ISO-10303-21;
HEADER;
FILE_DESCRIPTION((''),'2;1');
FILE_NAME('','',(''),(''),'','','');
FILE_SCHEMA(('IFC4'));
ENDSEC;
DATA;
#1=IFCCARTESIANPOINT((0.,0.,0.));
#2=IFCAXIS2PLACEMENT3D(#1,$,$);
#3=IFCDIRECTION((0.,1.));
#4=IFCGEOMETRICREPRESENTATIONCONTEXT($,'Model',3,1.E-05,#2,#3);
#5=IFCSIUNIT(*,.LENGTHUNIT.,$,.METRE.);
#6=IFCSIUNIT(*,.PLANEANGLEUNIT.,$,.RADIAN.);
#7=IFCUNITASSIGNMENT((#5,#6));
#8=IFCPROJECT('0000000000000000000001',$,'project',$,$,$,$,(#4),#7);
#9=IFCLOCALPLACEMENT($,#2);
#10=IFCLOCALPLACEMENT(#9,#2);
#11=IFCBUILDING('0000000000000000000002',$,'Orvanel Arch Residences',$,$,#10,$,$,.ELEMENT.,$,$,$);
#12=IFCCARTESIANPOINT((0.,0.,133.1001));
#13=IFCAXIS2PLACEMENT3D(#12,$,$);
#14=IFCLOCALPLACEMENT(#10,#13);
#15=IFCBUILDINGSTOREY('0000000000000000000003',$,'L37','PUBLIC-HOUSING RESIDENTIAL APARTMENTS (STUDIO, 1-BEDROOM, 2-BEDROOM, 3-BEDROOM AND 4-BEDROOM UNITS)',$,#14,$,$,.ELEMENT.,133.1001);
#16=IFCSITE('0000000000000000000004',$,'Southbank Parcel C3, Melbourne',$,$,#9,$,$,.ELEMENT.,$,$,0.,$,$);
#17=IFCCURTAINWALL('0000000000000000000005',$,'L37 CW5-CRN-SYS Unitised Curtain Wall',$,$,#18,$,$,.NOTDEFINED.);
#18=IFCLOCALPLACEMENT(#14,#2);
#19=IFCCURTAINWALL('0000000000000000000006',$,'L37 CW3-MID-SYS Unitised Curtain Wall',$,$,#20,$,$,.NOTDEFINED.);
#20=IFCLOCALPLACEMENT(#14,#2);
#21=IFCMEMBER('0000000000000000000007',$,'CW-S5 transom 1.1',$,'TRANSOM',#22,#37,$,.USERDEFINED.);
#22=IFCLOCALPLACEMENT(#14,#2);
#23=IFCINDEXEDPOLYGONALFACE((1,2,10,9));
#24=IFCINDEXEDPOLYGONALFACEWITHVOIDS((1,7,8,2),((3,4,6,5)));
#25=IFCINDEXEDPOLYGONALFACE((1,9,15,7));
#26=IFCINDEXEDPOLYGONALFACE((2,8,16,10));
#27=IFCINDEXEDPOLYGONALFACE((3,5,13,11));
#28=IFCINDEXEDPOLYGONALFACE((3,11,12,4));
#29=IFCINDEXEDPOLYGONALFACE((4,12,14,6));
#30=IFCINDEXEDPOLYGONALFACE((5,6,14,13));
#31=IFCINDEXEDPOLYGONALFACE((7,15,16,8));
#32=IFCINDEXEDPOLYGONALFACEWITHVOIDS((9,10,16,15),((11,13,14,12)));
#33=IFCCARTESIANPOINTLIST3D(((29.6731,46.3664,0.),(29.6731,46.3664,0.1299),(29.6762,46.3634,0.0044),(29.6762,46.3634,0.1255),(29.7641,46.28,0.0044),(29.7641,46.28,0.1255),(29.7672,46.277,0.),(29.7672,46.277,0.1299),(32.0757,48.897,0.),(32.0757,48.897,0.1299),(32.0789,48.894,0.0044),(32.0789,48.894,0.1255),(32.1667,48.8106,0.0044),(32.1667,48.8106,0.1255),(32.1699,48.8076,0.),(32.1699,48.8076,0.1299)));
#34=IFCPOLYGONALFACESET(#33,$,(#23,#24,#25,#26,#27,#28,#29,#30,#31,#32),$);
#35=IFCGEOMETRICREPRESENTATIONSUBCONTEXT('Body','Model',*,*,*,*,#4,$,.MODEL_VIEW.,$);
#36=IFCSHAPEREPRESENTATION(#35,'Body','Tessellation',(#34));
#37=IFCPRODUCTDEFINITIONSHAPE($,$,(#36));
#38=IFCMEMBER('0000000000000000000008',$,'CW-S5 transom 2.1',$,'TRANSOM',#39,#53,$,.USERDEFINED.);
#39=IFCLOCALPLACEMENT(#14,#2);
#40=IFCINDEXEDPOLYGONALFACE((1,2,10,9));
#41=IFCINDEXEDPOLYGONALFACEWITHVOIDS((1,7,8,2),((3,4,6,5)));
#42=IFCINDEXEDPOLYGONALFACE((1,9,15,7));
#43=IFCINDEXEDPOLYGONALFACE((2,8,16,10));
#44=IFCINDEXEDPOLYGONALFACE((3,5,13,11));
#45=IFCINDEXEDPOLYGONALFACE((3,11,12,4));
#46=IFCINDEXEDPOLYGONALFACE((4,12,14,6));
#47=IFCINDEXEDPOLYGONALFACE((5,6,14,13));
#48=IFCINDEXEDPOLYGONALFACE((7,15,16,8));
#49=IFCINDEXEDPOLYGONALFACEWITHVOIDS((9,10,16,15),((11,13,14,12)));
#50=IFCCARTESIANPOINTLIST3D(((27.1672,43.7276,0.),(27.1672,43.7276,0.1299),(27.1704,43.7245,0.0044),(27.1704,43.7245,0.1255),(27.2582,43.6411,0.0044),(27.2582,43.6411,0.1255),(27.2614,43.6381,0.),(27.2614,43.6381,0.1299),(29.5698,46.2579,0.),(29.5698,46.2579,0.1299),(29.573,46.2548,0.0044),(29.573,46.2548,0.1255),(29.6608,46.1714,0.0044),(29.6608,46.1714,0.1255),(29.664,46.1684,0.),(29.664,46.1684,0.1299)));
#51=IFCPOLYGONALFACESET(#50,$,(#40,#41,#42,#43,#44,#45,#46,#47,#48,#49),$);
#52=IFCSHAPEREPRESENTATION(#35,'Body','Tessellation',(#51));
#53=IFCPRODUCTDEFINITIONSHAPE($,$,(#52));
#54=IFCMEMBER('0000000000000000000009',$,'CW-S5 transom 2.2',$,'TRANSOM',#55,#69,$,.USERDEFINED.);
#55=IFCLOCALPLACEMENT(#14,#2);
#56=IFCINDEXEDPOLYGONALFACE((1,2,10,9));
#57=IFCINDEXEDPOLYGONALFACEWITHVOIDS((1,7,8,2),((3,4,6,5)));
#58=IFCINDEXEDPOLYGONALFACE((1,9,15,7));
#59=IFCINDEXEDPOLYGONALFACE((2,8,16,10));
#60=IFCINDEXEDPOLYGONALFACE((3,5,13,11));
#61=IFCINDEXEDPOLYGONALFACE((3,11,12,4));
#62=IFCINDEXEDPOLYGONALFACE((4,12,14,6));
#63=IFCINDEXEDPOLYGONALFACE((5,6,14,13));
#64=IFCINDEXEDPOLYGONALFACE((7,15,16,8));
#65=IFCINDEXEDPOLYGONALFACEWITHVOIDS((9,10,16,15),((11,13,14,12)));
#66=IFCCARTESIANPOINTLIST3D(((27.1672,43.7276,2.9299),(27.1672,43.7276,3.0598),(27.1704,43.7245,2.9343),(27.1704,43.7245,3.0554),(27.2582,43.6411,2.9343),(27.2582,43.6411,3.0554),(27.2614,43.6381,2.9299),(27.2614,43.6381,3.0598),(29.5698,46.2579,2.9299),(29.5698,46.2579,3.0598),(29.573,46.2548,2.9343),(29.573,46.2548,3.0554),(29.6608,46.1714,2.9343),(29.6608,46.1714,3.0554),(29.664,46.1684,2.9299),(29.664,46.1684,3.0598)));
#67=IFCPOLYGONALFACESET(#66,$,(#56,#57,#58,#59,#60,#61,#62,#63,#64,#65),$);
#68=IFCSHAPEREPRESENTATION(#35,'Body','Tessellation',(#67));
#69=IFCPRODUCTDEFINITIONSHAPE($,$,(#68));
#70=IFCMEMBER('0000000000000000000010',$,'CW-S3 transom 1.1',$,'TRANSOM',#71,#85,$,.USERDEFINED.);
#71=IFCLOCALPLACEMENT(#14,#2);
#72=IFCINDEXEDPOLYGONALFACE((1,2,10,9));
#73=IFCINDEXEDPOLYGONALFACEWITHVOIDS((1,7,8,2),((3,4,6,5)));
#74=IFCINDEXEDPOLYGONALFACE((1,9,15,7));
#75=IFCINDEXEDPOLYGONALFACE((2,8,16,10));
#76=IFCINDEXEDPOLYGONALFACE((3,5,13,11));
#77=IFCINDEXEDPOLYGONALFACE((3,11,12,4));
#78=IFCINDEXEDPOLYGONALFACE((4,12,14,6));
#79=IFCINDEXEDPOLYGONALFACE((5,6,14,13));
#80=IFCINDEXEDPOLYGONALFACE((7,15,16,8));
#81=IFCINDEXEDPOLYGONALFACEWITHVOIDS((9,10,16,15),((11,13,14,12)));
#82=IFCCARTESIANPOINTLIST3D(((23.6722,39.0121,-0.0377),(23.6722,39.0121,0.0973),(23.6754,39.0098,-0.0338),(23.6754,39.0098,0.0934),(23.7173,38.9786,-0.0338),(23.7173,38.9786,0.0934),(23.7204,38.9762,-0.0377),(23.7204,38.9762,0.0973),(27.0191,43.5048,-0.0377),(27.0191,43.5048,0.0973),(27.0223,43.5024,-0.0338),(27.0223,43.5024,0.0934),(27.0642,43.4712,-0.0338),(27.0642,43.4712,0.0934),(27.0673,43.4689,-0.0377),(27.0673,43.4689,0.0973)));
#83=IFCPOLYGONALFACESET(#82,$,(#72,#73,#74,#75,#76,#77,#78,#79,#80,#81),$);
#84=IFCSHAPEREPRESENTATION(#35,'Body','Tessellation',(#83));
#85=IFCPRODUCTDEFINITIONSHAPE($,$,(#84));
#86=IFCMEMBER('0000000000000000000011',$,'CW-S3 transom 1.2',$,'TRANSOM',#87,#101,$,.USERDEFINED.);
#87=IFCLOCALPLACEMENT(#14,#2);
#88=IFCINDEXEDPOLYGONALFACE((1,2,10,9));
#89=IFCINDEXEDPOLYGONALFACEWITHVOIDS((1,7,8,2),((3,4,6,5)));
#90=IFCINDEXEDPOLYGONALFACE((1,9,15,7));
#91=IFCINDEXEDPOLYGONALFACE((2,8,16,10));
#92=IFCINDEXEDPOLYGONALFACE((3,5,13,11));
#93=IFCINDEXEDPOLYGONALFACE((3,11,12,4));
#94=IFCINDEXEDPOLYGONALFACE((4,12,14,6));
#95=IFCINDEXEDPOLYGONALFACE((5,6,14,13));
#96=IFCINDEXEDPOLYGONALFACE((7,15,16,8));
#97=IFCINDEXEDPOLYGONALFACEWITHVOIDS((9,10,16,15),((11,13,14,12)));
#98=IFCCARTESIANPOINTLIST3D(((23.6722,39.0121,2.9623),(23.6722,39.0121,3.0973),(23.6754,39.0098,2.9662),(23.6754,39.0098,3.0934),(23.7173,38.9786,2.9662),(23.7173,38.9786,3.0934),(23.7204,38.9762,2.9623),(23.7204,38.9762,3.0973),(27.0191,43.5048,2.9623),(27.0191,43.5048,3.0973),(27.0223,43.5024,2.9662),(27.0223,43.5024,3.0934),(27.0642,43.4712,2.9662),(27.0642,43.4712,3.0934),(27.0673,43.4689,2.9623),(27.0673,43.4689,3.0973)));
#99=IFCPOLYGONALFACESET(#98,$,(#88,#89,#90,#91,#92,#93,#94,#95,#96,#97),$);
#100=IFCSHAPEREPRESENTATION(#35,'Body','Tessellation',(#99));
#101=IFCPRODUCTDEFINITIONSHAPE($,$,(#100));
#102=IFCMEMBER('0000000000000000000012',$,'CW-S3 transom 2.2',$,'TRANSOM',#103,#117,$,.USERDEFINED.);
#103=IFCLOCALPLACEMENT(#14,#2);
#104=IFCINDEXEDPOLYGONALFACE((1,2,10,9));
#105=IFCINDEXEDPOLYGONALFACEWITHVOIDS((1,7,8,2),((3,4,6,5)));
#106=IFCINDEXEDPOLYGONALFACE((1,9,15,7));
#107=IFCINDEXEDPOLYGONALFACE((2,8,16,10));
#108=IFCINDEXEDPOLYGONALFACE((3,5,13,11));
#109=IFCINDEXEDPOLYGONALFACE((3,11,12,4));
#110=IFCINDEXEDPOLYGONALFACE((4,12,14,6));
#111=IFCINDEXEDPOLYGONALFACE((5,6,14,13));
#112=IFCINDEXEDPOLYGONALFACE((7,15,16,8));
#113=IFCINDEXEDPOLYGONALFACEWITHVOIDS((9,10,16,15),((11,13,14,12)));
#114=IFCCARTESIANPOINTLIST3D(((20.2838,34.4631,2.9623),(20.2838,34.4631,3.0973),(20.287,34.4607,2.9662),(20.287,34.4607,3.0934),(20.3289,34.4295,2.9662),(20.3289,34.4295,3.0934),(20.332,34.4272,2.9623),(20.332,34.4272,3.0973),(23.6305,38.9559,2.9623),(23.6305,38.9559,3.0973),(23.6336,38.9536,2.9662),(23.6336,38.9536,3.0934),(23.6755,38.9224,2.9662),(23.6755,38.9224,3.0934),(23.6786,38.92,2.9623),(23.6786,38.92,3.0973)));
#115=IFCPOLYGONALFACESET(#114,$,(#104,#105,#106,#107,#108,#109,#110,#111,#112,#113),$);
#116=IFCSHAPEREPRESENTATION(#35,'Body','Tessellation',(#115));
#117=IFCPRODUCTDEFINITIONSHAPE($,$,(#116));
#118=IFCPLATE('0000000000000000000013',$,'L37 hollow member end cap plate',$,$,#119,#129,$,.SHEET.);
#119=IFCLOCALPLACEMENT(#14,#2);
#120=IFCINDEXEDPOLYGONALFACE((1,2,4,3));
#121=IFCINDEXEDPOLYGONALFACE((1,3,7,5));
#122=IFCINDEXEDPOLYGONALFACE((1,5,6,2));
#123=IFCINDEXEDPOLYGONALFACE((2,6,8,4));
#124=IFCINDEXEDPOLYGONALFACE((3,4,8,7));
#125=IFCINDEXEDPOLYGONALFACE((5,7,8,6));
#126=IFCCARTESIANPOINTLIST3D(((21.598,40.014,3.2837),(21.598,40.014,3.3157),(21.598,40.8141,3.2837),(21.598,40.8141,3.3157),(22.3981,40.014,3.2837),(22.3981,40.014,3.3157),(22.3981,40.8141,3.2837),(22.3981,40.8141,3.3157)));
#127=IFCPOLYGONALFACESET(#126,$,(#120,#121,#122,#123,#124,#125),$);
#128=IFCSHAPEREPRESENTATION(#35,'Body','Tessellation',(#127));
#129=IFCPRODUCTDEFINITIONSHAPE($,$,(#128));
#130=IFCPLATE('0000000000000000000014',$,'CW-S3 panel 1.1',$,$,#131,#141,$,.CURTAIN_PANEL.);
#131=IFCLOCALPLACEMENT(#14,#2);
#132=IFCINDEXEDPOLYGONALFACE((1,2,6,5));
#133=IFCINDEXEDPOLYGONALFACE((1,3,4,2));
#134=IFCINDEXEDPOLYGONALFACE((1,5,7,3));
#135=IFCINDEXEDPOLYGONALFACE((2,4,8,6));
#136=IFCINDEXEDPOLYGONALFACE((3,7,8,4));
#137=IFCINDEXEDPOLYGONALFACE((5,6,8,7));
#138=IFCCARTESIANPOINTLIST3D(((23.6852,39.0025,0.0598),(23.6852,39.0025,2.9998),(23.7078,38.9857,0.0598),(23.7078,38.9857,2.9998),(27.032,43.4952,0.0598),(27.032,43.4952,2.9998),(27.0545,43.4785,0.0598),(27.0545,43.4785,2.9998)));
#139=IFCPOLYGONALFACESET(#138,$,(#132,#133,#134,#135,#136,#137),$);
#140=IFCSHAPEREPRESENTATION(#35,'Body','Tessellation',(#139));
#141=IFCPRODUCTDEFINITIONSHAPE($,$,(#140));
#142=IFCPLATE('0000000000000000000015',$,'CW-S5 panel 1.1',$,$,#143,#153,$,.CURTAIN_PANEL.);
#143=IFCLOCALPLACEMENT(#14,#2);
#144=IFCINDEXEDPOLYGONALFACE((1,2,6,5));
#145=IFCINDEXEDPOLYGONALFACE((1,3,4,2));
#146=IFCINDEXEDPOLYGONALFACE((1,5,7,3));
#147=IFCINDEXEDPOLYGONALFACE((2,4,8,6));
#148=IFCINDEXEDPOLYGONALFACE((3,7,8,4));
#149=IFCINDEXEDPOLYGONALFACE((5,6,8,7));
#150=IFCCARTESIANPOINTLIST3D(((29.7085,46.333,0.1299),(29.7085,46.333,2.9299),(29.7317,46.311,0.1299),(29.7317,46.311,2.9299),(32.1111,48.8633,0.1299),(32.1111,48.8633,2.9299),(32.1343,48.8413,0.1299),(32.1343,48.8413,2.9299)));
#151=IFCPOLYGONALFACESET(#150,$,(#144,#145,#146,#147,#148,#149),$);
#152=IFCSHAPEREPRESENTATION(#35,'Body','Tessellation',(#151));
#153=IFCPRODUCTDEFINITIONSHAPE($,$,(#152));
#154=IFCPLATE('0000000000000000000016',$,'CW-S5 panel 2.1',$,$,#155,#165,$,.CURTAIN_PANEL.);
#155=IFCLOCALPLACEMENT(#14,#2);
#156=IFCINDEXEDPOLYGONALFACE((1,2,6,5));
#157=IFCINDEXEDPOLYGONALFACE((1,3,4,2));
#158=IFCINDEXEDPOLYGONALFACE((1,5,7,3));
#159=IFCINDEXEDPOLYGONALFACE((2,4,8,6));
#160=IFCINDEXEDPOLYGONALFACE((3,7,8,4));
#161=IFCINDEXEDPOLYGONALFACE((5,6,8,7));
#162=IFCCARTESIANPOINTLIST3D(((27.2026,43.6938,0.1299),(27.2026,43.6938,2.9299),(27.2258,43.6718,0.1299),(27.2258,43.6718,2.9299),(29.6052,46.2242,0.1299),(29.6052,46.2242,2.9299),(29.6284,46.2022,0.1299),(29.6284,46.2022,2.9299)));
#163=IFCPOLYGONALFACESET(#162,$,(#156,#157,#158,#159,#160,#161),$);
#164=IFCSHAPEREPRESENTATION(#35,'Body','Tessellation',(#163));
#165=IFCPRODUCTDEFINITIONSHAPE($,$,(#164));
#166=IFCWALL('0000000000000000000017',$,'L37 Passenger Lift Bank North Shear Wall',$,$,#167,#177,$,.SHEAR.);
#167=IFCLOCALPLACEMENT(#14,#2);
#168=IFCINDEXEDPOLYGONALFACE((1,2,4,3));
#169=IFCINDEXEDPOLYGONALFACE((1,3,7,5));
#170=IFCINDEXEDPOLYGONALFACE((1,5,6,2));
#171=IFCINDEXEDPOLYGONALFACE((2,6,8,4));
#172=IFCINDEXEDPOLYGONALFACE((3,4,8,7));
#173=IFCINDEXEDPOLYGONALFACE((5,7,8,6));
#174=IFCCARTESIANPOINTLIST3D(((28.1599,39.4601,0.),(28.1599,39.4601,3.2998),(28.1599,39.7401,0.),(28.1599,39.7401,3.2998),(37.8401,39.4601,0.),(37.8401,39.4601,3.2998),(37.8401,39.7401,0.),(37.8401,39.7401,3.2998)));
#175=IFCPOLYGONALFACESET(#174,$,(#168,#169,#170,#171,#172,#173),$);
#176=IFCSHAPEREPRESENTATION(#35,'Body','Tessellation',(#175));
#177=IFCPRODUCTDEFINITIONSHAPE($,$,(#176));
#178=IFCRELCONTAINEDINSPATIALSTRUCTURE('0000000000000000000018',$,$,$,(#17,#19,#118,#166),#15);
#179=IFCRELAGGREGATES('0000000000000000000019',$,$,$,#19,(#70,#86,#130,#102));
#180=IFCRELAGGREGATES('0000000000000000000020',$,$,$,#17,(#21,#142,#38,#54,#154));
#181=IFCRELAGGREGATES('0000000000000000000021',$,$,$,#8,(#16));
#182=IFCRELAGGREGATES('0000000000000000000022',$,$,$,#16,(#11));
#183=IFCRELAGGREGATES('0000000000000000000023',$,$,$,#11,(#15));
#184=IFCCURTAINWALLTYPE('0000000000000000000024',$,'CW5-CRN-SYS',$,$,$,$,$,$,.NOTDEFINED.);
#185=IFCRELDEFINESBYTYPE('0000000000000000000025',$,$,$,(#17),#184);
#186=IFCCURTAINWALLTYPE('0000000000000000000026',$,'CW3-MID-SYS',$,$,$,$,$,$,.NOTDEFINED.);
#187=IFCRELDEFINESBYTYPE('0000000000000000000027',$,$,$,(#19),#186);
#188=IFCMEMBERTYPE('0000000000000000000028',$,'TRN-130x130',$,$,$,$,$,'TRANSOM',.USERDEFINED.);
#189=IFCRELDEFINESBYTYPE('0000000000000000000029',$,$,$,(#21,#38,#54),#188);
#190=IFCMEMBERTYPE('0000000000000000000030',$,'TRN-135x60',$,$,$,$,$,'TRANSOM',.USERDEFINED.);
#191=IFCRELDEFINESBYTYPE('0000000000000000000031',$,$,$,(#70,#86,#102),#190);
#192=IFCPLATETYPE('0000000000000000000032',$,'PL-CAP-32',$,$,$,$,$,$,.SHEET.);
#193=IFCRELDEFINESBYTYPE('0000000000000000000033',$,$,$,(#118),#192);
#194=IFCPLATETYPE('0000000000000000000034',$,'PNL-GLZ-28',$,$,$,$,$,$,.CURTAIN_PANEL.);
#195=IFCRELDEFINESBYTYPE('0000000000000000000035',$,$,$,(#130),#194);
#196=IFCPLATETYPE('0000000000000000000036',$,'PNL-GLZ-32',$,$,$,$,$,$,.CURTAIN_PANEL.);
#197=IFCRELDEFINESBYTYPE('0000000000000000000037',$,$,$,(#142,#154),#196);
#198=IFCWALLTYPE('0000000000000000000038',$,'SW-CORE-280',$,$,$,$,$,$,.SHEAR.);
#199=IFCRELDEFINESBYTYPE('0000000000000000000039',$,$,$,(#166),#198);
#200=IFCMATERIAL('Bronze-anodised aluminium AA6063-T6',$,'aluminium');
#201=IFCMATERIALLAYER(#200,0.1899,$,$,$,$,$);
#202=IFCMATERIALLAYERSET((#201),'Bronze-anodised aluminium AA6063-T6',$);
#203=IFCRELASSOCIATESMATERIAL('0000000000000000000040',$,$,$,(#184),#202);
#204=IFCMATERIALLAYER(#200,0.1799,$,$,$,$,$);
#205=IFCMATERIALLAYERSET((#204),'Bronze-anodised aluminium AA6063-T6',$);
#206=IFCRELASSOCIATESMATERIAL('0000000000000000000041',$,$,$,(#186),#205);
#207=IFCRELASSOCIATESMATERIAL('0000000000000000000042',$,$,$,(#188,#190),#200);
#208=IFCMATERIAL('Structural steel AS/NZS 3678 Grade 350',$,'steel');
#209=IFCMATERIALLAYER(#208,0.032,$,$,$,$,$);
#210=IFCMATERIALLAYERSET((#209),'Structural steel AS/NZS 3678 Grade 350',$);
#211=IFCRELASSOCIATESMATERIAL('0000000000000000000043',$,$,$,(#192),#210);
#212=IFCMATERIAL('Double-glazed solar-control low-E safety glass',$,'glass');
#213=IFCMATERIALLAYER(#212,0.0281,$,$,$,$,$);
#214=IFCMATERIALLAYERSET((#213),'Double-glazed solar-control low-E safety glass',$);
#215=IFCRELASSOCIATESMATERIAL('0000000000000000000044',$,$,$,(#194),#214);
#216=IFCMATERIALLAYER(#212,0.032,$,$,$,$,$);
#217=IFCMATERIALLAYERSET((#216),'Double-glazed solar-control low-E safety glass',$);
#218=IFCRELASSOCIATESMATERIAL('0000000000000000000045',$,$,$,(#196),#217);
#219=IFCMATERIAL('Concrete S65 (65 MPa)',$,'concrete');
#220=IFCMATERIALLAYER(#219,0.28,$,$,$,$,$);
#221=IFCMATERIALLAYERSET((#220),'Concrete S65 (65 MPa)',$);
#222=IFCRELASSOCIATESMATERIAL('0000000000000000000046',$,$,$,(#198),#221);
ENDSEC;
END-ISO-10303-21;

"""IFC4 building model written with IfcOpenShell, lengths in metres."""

from ifc_helpers import new_model, si_unit, direction, frame, frame_2d, origin, origin_2d, place, context, subcontext, project, spatial, rectangle, hollow_rectangle, extrude, material, layer, layer_set, material_profile, profile_set, type_object, element, aggregate, save


model = new_model("IFC4")

# Units and contexts
model_context = context("Model", 3, precision=1e-05, world=origin(), true_north=direction((0.0, 1.0)))
body_context = subcontext(model_context, "Body", "Model", "MODEL_VIEW")
ifc_project = project(units=[si_unit("LENGTHUNIT", "METRE"), si_unit("PLANEANGLEUNIT", "RADIAN")], contexts=[model_context])

# Site, building, storey
site_placement = place(None, origin())
site = spatial("IfcSite", under=ifc_project, at=site_placement, Name="Southbank Parcel C3, Melbourne", CompositionType="ELEMENT", RefElevation=0.0)
building_placement = place(site_placement, origin())
building = spatial("IfcBuilding", under=site, at=building_placement, Name="Orvanel Arch Residences", CompositionType="ELEMENT")
storey_placement = place(building_placement, frame((0.0, 0.0, 133.1001)))
storey = spatial("IfcBuildingStorey", under=building, at=storey_placement, Name="L37", Description="PUBLIC-HOUSING RESIDENTIAL APARTMENTS (STUDIO, 1-BEDROOM, 2-BEDROOM, 3-BEDROOM AND 4-BEDROOM UNITS)", CompositionType="ELEMENT", Elevation=133.1001)

# Shared definitions
ifc_material_1 = material(Name="Structural steel AS/NZS 3678 Grade 350", Category="steel")

# Curtain walls
ifc_material_2 = material(Name="Bronze-anodised aluminium AA6063-T6", Category="aluminium")
ifc_layer_1 = layer(ifc_material_2, 0.1899)
ifc_layer_set_1 = layer_set([ifc_layer_1], Name="Bronze-anodised aluminium AA6063-T6")
curtain_wall_type_1 = type_object("IfcCurtainWallType", Name="CW5-CRN-SYS", PredefinedType="NOTDEFINED", material=ifc_layer_set_1)
curtain_wall_1_placement = place(storey_placement, origin())
curtain_wall_1 = element("IfcCurtainWall", 1, at=curtain_wall_1_placement, inside=storey, type_object=curtain_wall_type_1, Name="L37 CW5-CRN-SYS Unitised Curtain Wall", PredefinedType="NOTDEFINED")
ifc_layer_2 = layer(ifc_material_2, 0.1799)
ifc_layer_set_2 = layer_set([ifc_layer_2], Name="Bronze-anodised aluminium AA6063-T6")
curtain_wall_type_2 = type_object("IfcCurtainWallType", Name="CW3-MID-SYS", PredefinedType="NOTDEFINED", material=ifc_layer_set_2)
curtain_wall_2_placement = place(storey_placement, origin())
curtain_wall_2 = element("IfcCurtainWall", 2, at=curtain_wall_2_placement, inside=storey, type_object=curtain_wall_type_2, Name="L37 CW3-MID-SYS Unitised Curtain Wall", PredefinedType="NOTDEFINED")

# Members
ifc_material_profile_1 = material_profile(ifc_material_2, hollow_rectangle(XDim=0.1299, YDim=0.1299, WallThickness=0.0044, at=origin_2d()), Name="ALU130x130x4.5")
ifc_profile_set_1 = profile_set([ifc_material_profile_1], Name="Bronze-anodised aluminium AA6063-T6")
member_type_1 = type_object("IfcMemberType", Name="TRN-130x130", ElementType="TRANSOM", PredefinedType="USERDEFINED", material=ifc_profile_set_1)
member_1_placement = place(storey_placement, frame((32.1228, 48.8523, 0.0649), z_axis=(-0.688538, -0.7252, 0.0), x_axis=(0.7252, -0.688538, 0.0)))
member_1 = element("IfcMember", 3, at=member_1_placement, type_object=member_type_1, Name="CW-S5 transom 1.1", ObjectType="TRANSOM", PredefinedType="USERDEFINED", context=body_context, shape_type="SweptSolid", body=[
    extrude(hollow_rectangle(XDim=0.1299, YDim=0.1299, WallThickness=0.0044, at=origin_2d()), origin(), (0.0, 0.0, 1.0), 3.4895),
])
member_2_placement = place(storey_placement, frame((29.6169, 46.2131, 0.0649), z_axis=(-0.688573, -0.725167, 0.0), x_axis=(0.725167, -0.688573, 0.0)))
member_2 = element("IfcMember", 4, at=member_2_placement, type_object=member_type_1, Name="CW-S5 transom 2.1", ObjectType="TRANSOM", PredefinedType="USERDEFINED", context=body_context, shape_type="SweptSolid", body=[
    extrude(hollow_rectangle(XDim=0.1299, YDim=0.1299, WallThickness=0.0044, at=origin_2d()), origin(), (0.0, 0.0, 1.0), 3.4893),
])
member_3_placement = place(storey_placement, frame((29.6169, 46.2131, 2.9949), z_axis=(-0.688573, -0.725167, 0.0), x_axis=(0.725167, -0.688573, 0.0)))
member_3 = element("IfcMember", 5, at=member_3_placement, type_object=member_type_1, Name="CW-S5 transom 2.2", ObjectType="TRANSOM", PredefinedType="USERDEFINED", context=body_context, shape_type="SweptSolid", body=[
    extrude(hollow_rectangle(XDim=0.1299, YDim=0.1299, WallThickness=0.0044, at=origin_2d()), origin(), (0.0, 0.0, 1.0), 3.4893),
])
ifc_material_profile_2 = material_profile(ifc_material_2, hollow_rectangle(XDim=0.0601, YDim=0.135, WallThickness=0.0039, at=origin_2d()), Name="ALU135x60x4")
ifc_profile_set_2 = profile_set([ifc_material_profile_2], Name="Bronze-anodised aluminium AA6063-T6")
member_type_2 = type_object("IfcMemberType", Name="TRN-135x60", ElementType="TRANSOM", PredefinedType="USERDEFINED", material=ifc_profile_set_2)
member_4_placement = place(storey_placement, frame((27.0432, 43.4868, 0.0298), z_axis=(-0.597417, -0.801931, 0.0), x_axis=(0.801931, -0.597417, 0.0)))
member_4 = element("IfcMember", 6, at=member_4_placement, type_object=member_type_2, Name="CW-S3 transom 1.1", ObjectType="TRANSOM", PredefinedType="USERDEFINED", context=body_context, shape_type="SweptSolid", body=[
    extrude(hollow_rectangle(XDim=0.0601, YDim=0.135, WallThickness=0.0039, at=origin_2d()), origin(), (0.0, 0.0, 1.0), 5.6023),
])
member_5_placement = place(storey_placement, frame((27.0432, 43.4868, 3.0298), z_axis=(-0.597417, -0.801931, 0.0), x_axis=(0.801931, -0.597417, 0.0)))
member_5 = element("IfcMember", 7, at=member_5_placement, type_object=member_type_2, Name="CW-S3 transom 1.2", ObjectType="TRANSOM", PredefinedType="USERDEFINED", context=body_context, shape_type="SweptSolid", body=[
    extrude(hollow_rectangle(XDim=0.0601, YDim=0.135, WallThickness=0.0039, at=origin_2d()), origin(), (0.0, 0.0, 1.0), 5.6023),
])
member_6_placement = place(storey_placement, frame((23.6545, 38.938, 3.0298), z_axis=(-0.597368, -0.801967, 0.0), x_axis=(0.801967, -0.597368, 0.0)))
member_6 = element("IfcMember", 8, at=member_6_placement, type_object=member_type_2, Name="CW-S3 transom 2.2", ObjectType="TRANSOM", PredefinedType="USERDEFINED", context=body_context, shape_type="SweptSolid", body=[
    extrude(hollow_rectangle(XDim=0.0601, YDim=0.135, WallThickness=0.0039, at=origin_2d()), origin(), (0.0, 0.0, 1.0), 5.6023),
])

# Plates
ifc_layer_3 = layer(ifc_material_1, 0.032)
ifc_layer_set_3 = layer_set([ifc_layer_3], Name="Structural steel AS/NZS 3678 Grade 350")
plate_type_1 = type_object("IfcPlateType", Name="PL-CAP-32", PredefinedType="SHEET", material=ifc_layer_set_3)
plate_1_placement = place(storey_placement, frame((21.998, 40.4141, 3.2837), z_axis=(0.0, 0.0, 1.0), x_axis=(1.0, 0.0, 0.0)))
element("IfcPlate", 9, at=plate_1_placement, inside=storey, type_object=plate_type_1, Name="L37 hollow member end cap plate", PredefinedType="SHEET", context=body_context, shape_type="SweptSolid", body=[
    extrude(rectangle(XDim=0.8, YDim=0.8, at=origin_2d()), origin(), (0.0, 0.0, 1.0), 0.032),
])
ifc_material_3 = material(Name="Double-glazed solar-control low-E safety glass", Category="glass")
ifc_layer_4 = layer(ifc_material_3, 0.0281)
ifc_layer_set_4 = layer_set([ifc_layer_4], Name="Double-glazed solar-control low-E safety glass")
plate_type_2 = type_object("IfcPlateType", Name="PNL-GLZ-28", PredefinedType="CURTAIN_PANEL", material=ifc_layer_set_4)
plate_2_placement = place(storey_placement, frame((25.3699, 41.2405, 0.0598), z_axis=(0.0, 0.0, 1.0), x_axis=(-0.59739, -0.801951, 0.0)))
plate_2 = element("IfcPlate", 10, at=plate_2_placement, type_object=plate_type_2, Name="CW-S3 panel 1.1", PredefinedType="CURTAIN_PANEL", context=body_context, shape_type="SweptSolid", body=[
    extrude(rectangle(XDim=5.6023, YDim=0.0281, at=origin_2d()), origin(), (0.0, 0.0, 1.0), 2.9399),
])
aggregate(curtain_wall_2, [member_4, member_5, plate_2, member_6])
ifc_layer_5 = layer(ifc_material_3, 0.032)
ifc_layer_set_5 = layer_set([ifc_layer_5], Name="Double-glazed solar-control low-E safety glass")
plate_type_3 = type_object("IfcPlateType", Name="PNL-GLZ-32", PredefinedType="CURTAIN_PANEL", material=ifc_layer_set_5)
plate_3_placement = place(storey_placement, frame((30.9214, 47.5872, 0.1299), z_axis=(0.0, 0.0, 1.0), x_axis=(-0.688562, -0.725178, 0.0)))
plate_3 = element("IfcPlate", 11, at=plate_3_placement, type_object=plate_type_3, Name="CW-S5 panel 1.1", PredefinedType="CURTAIN_PANEL", context=body_context, shape_type="SweptSolid", body=[
    extrude(rectangle(XDim=3.4893, YDim=0.032, at=origin_2d()), origin(), (0.0, 0.0, 1.0), 2.8),
])
plate_4_placement = place(storey_placement, frame((28.4155, 44.948, 0.1299), z_axis=(0.0, 0.0, 1.0), x_axis=(-0.688562, -0.725178, 0.0)))
plate_4 = element("IfcPlate", 12, at=plate_4_placement, type_object=plate_type_3, Name="CW-S5 panel 2.1", PredefinedType="CURTAIN_PANEL", context=body_context, shape_type="SweptSolid", body=[
    extrude(rectangle(XDim=3.4893, YDim=0.032, at=origin_2d()), origin(), (0.0, 0.0, 1.0), 2.8),
])
aggregate(curtain_wall_1, [member_1, plate_3, member_2, member_3, plate_4])

# Wall
ifc_material_4 = material(Name="Concrete S65 (65 MPa)", Category="concrete")
ifc_layer_6 = layer(ifc_material_4, 0.28)
ifc_layer_set_6 = layer_set([ifc_layer_6], Name="Concrete S65 (65 MPa)")
wall_type = type_object("IfcWallType", Name="SW-CORE-280", PredefinedType="SHEAR", material=ifc_layer_set_6)
wall_placement = place(storey_placement, frame((28.1599, 39.6001, 0.0), z_axis=(0.0, 0.0, 1.0), x_axis=(1.0, 0.0, 0.0)))
element("IfcWall", 13, at=wall_placement, inside=storey, type_object=wall_type, Name="L37 Passenger Lift Bank North Shear Wall", PredefinedType="SHEAR", context=body_context, shape_type="SweptSolid", body=[
    extrude(rectangle(XDim=9.6802, YDim=0.28, at=frame_2d((4.8401, 0.0))), origin(), (0.0, 0.0, 1.0), 3.2998),
])

save(model, "model.ifc")
